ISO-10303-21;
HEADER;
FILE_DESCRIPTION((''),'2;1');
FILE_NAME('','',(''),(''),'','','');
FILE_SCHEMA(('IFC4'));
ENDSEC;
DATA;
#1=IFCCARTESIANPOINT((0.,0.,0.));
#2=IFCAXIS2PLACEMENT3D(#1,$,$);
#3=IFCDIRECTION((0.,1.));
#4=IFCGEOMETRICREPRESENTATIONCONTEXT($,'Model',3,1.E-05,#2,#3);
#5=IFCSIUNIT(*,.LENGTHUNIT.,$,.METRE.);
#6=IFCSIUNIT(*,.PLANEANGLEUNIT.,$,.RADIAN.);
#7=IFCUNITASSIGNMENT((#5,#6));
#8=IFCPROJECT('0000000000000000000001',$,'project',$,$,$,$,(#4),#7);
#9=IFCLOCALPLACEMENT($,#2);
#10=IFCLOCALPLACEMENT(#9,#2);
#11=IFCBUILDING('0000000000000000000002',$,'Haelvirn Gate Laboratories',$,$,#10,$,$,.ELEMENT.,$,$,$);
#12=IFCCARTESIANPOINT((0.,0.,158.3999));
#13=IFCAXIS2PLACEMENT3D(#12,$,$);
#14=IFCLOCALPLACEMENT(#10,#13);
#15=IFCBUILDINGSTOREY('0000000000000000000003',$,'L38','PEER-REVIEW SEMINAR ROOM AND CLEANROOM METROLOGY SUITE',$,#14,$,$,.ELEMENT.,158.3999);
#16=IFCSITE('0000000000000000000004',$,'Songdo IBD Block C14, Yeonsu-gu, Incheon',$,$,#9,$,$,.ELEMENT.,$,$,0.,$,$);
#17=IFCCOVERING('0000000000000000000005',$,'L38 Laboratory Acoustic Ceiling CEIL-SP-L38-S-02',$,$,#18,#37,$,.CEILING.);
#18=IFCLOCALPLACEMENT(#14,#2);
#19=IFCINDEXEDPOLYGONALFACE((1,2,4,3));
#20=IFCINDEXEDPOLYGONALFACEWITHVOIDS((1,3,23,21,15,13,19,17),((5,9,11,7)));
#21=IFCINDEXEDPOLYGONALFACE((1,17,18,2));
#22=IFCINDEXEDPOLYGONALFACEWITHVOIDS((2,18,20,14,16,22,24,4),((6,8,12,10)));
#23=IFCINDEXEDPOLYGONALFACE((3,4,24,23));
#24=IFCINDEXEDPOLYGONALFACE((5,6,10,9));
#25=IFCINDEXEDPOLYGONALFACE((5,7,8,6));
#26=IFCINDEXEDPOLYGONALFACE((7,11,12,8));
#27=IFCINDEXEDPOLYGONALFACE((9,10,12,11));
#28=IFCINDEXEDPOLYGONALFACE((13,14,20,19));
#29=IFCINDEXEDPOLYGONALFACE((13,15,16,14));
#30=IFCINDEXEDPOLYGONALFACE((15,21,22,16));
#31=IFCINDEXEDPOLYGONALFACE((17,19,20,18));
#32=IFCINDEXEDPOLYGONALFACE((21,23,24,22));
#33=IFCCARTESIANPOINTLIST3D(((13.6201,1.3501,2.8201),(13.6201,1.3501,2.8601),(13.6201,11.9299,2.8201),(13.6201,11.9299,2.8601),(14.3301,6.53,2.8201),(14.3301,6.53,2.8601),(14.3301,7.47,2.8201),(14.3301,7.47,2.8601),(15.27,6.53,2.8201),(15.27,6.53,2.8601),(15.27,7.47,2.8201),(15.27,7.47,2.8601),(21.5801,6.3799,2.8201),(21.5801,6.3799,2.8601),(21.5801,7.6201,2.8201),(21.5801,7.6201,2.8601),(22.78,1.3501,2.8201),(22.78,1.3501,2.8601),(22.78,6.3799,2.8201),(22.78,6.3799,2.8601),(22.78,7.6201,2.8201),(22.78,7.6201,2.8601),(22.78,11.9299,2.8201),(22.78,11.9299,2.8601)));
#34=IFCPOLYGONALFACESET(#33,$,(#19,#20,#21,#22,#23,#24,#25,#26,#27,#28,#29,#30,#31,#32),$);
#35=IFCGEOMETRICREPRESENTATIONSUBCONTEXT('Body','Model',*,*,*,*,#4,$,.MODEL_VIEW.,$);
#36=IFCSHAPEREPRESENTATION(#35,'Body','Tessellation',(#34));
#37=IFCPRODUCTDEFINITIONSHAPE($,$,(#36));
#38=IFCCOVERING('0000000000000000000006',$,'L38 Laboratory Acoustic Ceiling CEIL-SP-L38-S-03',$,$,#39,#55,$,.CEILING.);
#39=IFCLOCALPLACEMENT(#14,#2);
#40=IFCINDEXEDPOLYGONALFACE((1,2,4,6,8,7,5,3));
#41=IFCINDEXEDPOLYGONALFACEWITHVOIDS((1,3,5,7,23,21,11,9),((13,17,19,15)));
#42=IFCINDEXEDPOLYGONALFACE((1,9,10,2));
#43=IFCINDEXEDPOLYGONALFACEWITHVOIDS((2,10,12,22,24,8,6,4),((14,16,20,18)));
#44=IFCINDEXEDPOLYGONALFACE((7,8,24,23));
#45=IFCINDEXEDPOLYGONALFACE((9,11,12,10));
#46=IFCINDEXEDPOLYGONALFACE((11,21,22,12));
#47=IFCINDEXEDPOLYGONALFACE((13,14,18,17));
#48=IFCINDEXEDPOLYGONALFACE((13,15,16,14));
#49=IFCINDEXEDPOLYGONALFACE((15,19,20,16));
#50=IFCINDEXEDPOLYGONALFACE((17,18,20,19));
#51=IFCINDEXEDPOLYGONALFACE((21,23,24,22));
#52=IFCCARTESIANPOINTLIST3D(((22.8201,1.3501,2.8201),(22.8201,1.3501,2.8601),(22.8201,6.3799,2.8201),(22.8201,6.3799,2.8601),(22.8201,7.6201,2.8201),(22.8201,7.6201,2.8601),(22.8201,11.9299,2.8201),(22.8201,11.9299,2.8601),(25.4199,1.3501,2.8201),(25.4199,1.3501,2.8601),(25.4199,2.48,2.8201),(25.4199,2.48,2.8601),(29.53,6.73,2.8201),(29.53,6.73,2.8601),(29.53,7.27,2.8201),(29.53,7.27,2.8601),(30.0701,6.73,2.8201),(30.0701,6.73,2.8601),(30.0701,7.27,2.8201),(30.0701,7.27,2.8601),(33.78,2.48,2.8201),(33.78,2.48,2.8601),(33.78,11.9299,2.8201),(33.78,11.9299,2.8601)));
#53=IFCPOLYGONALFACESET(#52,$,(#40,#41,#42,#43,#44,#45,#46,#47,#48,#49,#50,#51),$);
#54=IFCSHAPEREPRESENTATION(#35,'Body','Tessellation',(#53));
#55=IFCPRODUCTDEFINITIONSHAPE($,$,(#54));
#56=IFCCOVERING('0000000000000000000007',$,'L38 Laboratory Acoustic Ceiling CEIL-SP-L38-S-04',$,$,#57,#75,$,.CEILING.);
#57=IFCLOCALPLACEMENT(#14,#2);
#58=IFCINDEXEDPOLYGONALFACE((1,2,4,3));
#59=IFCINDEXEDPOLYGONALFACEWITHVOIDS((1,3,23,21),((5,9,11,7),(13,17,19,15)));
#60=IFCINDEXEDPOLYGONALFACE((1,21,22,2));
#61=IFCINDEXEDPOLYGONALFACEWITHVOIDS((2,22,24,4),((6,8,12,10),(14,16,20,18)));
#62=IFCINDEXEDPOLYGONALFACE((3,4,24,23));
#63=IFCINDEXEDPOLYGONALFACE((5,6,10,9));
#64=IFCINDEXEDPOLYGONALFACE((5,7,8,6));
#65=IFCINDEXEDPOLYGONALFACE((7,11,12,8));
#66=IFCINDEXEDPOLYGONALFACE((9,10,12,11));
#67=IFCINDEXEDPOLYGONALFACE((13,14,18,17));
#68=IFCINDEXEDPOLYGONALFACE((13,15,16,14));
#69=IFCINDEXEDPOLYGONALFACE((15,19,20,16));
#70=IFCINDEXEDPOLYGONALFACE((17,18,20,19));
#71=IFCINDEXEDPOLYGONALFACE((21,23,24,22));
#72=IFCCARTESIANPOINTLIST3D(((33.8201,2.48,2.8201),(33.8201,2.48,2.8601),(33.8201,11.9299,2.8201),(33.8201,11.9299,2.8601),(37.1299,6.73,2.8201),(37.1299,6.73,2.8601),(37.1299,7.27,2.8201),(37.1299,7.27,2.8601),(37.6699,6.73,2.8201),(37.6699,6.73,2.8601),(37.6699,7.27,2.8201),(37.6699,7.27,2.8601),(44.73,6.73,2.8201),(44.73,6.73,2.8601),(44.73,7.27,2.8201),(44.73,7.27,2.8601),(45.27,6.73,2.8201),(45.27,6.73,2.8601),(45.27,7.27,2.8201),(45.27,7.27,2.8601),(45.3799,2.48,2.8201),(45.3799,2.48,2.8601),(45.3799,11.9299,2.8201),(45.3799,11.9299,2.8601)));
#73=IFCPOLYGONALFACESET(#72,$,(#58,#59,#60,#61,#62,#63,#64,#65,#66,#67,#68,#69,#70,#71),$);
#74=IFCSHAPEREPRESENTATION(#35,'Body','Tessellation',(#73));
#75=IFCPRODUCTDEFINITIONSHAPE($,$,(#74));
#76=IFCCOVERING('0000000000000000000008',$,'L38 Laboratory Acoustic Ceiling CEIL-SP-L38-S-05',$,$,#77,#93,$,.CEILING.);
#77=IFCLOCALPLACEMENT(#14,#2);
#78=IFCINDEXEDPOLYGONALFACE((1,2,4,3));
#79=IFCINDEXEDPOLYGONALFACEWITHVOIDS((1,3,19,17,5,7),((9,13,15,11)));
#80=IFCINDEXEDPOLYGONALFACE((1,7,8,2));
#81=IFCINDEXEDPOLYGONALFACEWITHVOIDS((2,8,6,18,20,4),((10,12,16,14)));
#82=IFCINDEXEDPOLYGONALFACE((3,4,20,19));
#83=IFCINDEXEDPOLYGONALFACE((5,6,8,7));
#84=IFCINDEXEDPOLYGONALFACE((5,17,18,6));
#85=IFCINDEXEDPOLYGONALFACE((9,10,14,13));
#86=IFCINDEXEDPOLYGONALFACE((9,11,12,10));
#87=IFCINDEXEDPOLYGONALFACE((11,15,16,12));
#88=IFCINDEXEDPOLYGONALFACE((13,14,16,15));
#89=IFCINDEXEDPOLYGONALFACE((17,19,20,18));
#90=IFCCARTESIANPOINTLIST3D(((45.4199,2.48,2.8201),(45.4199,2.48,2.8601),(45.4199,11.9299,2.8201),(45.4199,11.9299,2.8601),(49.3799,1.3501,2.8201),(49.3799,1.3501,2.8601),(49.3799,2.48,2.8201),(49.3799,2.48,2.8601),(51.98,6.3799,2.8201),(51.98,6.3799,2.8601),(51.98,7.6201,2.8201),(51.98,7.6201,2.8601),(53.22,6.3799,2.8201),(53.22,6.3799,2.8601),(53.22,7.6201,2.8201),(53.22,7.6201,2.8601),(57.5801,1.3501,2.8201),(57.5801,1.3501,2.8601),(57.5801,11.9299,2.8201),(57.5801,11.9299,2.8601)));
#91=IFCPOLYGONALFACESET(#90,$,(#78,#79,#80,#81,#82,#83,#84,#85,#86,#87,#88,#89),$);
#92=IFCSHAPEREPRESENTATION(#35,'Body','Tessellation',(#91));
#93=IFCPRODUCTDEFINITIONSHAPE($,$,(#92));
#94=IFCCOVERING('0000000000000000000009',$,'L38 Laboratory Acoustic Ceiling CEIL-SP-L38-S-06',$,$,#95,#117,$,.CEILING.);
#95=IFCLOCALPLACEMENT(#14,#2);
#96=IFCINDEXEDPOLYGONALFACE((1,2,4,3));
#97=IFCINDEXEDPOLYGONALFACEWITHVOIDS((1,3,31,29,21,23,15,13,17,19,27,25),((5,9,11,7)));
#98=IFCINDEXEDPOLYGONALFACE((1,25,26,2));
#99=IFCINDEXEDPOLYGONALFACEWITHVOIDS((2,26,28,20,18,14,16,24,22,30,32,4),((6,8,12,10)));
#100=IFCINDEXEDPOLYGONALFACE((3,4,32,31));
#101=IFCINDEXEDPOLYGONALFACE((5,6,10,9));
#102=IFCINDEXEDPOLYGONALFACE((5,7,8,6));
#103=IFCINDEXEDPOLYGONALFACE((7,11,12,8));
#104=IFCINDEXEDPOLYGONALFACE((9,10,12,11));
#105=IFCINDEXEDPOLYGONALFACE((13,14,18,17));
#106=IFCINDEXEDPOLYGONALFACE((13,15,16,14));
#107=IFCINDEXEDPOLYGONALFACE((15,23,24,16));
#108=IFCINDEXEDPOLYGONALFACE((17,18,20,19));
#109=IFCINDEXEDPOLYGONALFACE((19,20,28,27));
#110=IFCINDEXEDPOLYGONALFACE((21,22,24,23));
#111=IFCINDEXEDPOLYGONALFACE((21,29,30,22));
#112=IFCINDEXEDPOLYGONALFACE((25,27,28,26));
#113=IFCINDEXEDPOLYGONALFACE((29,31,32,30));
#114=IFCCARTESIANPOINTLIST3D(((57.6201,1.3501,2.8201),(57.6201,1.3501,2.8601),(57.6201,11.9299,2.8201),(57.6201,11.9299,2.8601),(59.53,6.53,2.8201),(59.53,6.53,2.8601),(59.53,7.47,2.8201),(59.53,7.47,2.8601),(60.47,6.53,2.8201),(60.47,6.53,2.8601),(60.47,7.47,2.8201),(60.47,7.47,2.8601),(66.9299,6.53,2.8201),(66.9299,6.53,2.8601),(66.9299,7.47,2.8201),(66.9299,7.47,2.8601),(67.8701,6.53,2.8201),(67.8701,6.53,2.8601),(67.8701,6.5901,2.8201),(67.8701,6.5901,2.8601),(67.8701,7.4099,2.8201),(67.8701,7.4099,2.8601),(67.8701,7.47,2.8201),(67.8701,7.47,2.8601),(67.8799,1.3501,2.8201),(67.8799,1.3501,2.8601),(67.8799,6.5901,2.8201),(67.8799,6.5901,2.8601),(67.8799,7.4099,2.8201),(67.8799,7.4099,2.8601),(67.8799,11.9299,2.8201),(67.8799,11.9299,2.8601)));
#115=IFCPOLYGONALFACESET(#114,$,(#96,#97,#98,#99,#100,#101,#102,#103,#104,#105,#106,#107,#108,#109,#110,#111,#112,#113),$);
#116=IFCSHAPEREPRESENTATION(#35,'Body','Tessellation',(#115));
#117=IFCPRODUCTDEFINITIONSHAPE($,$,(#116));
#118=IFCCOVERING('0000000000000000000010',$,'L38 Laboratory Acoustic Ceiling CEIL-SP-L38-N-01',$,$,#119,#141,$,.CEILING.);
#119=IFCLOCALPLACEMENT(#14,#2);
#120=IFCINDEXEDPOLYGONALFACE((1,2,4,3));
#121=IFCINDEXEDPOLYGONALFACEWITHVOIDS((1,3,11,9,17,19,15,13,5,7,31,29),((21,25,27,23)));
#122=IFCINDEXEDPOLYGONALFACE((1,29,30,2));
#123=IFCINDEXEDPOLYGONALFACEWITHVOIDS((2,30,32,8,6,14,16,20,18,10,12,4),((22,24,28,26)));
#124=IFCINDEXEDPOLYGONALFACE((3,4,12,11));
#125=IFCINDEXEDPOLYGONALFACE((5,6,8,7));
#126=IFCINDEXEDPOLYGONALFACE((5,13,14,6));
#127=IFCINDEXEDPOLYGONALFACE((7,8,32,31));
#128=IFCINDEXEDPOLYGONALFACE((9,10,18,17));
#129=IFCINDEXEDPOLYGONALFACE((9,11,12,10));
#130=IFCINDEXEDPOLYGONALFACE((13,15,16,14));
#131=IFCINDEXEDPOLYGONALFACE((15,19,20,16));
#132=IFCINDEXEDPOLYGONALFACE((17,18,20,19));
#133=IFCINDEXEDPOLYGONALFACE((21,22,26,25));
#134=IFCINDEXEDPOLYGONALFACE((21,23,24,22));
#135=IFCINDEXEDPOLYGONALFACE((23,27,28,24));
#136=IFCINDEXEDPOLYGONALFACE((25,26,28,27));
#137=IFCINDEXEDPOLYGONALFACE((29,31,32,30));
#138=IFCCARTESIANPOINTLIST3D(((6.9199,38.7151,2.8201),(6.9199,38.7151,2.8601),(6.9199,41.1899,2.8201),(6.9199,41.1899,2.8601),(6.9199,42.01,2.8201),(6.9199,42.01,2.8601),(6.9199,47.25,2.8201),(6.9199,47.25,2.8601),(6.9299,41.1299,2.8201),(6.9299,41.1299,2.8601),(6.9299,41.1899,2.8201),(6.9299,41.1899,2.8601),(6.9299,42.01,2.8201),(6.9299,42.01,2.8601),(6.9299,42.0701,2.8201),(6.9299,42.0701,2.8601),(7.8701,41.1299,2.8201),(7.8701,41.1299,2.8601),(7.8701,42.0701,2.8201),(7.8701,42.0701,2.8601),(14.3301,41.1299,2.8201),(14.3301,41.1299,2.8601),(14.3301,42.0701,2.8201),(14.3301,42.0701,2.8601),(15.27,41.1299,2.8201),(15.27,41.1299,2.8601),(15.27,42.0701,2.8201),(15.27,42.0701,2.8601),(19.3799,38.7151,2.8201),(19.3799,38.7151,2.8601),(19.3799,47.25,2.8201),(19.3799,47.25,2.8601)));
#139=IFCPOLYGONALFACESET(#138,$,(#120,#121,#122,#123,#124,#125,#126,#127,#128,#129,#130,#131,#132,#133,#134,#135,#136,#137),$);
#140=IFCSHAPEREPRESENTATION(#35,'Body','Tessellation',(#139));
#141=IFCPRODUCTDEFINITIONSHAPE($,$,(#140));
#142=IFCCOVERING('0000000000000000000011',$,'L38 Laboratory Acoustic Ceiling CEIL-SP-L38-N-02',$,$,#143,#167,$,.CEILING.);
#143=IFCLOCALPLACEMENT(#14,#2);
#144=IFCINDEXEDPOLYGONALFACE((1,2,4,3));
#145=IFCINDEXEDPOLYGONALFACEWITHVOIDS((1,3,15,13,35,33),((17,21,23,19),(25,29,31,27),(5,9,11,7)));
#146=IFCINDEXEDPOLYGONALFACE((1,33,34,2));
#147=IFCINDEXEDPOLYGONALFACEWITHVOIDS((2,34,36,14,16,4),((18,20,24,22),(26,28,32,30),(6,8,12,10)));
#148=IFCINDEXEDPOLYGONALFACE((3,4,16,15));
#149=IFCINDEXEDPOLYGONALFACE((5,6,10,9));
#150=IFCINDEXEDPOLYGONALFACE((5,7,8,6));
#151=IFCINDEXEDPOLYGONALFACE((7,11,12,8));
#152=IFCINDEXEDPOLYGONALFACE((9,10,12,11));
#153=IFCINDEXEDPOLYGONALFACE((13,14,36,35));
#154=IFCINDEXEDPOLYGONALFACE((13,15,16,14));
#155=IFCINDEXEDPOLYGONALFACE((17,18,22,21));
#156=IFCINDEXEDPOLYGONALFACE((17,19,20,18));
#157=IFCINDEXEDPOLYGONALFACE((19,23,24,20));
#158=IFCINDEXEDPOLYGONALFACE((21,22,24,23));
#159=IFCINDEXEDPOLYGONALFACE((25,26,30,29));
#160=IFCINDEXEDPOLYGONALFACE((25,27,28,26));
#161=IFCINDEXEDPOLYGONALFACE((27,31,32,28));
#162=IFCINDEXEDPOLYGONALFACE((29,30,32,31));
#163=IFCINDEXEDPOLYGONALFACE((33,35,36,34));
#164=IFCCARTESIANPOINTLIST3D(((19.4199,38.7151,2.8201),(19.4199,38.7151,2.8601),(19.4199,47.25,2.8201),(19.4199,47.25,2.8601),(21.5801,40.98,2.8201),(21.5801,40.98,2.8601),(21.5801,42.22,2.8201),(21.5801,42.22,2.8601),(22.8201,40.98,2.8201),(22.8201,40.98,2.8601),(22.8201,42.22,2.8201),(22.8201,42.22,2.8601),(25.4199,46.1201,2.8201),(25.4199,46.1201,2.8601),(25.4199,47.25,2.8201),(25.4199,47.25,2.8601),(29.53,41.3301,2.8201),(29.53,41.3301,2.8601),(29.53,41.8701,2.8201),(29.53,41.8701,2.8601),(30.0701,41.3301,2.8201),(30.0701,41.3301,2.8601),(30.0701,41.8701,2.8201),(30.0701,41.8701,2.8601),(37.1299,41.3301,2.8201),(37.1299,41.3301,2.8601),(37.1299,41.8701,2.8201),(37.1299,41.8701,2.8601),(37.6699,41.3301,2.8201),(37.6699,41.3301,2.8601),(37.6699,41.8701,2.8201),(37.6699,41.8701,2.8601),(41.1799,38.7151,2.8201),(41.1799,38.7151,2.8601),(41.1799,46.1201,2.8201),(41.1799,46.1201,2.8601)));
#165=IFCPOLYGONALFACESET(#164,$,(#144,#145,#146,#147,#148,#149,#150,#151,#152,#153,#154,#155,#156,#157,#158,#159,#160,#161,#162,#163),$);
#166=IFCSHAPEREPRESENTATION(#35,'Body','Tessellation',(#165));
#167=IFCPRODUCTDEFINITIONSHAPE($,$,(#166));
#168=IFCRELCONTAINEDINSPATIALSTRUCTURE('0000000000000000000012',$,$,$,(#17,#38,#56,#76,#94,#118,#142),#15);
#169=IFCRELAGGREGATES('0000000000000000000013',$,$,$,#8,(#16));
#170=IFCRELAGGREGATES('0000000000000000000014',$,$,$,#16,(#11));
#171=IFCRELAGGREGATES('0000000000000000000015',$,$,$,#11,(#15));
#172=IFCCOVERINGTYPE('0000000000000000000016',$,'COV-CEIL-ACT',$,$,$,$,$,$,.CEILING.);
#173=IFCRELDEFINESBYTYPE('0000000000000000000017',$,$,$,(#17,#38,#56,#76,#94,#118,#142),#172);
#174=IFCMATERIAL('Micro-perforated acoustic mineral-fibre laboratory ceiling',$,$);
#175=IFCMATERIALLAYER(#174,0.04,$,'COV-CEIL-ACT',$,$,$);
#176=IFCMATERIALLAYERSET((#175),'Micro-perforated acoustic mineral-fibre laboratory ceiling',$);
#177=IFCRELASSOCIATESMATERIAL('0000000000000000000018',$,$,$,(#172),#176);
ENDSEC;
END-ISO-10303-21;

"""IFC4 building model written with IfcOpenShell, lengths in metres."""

from ifc_helpers import new_model, si_unit, direction, frame, origin, place, context, subcontext, project, spatial, polyline, outline, extrude, material, layer, layer_set, type_object, element, save


model = new_model("IFC4")

# Units and contexts
model_context = context("Model", 3, precision=1e-05, world=origin(), true_north=direction((0.0, 1.0)))
body_context = subcontext(model_context, "Body", "Model", "MODEL_VIEW")
ifc_project = project(units=[si_unit("LENGTHUNIT", "METRE"), si_unit("PLANEANGLEUNIT", "RADIAN")], contexts=[model_context])

# Site, building, storey
site_placement = place(None, origin())
site = spatial("IfcSite", under=ifc_project, at=site_placement, Name="Songdo IBD Block C14, Yeonsu-gu, Incheon", CompositionType="ELEMENT", RefElevation=0.0)
building_placement = place(site_placement, origin())
building = spatial("IfcBuilding", under=site, at=building_placement, Name="Haelvirn Gate Laboratories", CompositionType="ELEMENT")
storey_placement = place(building_placement, frame((0.0, 0.0, 158.3999)))
storey = spatial("IfcBuildingStorey", under=building, at=storey_placement, Name="L38", Description="PEER-REVIEW SEMINAR ROOM AND CLEANROOM METROLOGY SUITE", CompositionType="ELEMENT", Elevation=158.3999)

# Coverings
ifc_material_1 = material(Name="Micro-perforated acoustic mineral-fibre laboratory ceiling")
ifc_layer_1 = layer(ifc_material_1, 0.04, Name="COV-CEIL-ACT")
ifc_layer_set_1 = layer_set([ifc_layer_1], Name="Micro-perforated acoustic mineral-fibre laboratory ceiling")
covering_type = type_object("IfcCoveringType", Name="COV-CEIL-ACT", PredefinedType="CEILING", material=ifc_layer_set_1)
covering_1_placement = place(storey_placement, frame((0.0, 0.0, 2.8201)))
element("IfcCovering", 1, at=covering_1_placement, inside=storey, type_object=covering_type, Name="L38 Laboratory Acoustic Ceiling CEIL-SP-L38-S-02", PredefinedType="CEILING", context=body_context, shape_type="SweptSolid", body=[
    extrude(outline(polyline([(22.78, 1.3501), (13.6201, 1.3501), (13.6201, 11.9299), (22.78, 11.9299), (22.78, 7.6201), (21.5801, 7.6201), (21.5801, 6.3799), (22.78, 6.3799), (22.78, 1.3501)]), holes=[polyline([(14.3301, 7.47), (14.3301, 6.53), (15.27, 6.53), (15.27, 7.47), (14.3301, 7.47)])]), origin(), (0.0, 0.0, 1.0), 0.04),
])
covering_2_placement = place(storey_placement, frame((0.0, 0.0, 2.8201)))
element("IfcCovering", 2, at=covering_2_placement, inside=storey, type_object=covering_type, Name="L38 Laboratory Acoustic Ceiling CEIL-SP-L38-S-03", PredefinedType="CEILING", context=body_context, shape_type="SweptSolid", body=[
    extrude(outline(polyline([(22.8201, 1.3501), (22.8201, 6.3799), (22.8201, 7.6201), (22.8201, 11.9299), (33.78, 11.9299), (33.78, 2.48), (25.4199, 2.48), (25.4199, 1.3501), (22.8201, 1.3501)]), holes=[polyline([(30.0701, 7.27), (29.53, 7.27), (29.53, 6.73), (30.0701, 6.73), (30.0701, 7.27)])]), origin(), (0.0, 0.0, 1.0), 0.04),
])
covering_3_placement = place(storey_placement, frame((0.0, 0.0, 2.8201)))
element("IfcCovering", 3, at=covering_3_placement, inside=storey, type_object=covering_type, Name="L38 Laboratory Acoustic Ceiling CEIL-SP-L38-S-04", PredefinedType="CEILING", context=body_context, shape_type="SweptSolid", body=[
    extrude(outline(polyline([(45.3799, 11.9299), (45.3799, 2.48), (33.8201, 2.48), (33.8201, 11.9299), (45.3799, 11.9299)]), holes=[polyline([(37.1299, 7.27), (37.1299, 6.73), (37.6699, 6.73), (37.6699, 7.27), (37.1299, 7.27)]), polyline([(45.27, 7.27), (44.73, 7.27), (44.73, 6.73), (45.27, 6.73), (45.27, 7.27)])]), origin(), (0.0, 0.0, 1.0), 0.04),
])
covering_4_placement = place(storey_placement, frame((0.0, 0.0, 2.8201)))
element("IfcCovering", 4, at=covering_4_placement, inside=storey, type_object=covering_type, Name="L38 Laboratory Acoustic Ceiling CEIL-SP-L38-S-05", PredefinedType="CEILING", context=body_context, shape_type="SweptSolid", body=[
    extrude(outline(polyline([(45.4199, 2.48), (45.4199, 11.9299), (57.5801, 11.9299), (57.5801, 1.3501), (49.3799, 1.3501), (49.3799, 2.48), (45.4199, 2.48)]), holes=[polyline([(53.22, 7.6201), (51.98, 7.6201), (51.98, 6.3799), (53.22, 6.3799), (53.22, 7.6201)])]), origin(), (0.0, 0.0, 1.0), 0.04),
])
covering_5_placement = place(storey_placement, frame((0.0, 0.0, 2.8201)))
element("IfcCovering", 5, at=covering_5_placement, inside=storey, type_object=covering_type, Name="L38 Laboratory Acoustic Ceiling CEIL-SP-L38-S-06", PredefinedType="CEILING", context=body_context, shape_type="SweptSolid", body=[
    extrude(outline(polyline([(67.8799, 6.5901), (67.8799, 1.3501), (57.6201, 1.3501), (57.6201, 11.9299), (67.8799, 11.9299), (67.8799, 7.4099), (67.8701, 7.4099), (67.8701, 7.47), (66.9299, 7.47), (66.9299, 6.53), (67.8701, 6.53), (67.8701, 6.5901), (67.8799, 6.5901)]), holes=[polyline([(59.53, 7.47), (59.53, 6.53), (60.47, 6.53), (60.47, 7.47), (59.53, 7.47)])]), origin(), (0.0, 0.0, 1.0), 0.04),
])
covering_6_placement = place(storey_placement, frame((0.0, 0.0, 2.8201)))
element("IfcCovering", 6, at=covering_6_placement, inside=storey, type_object=covering_type, Name="L38 Laboratory Acoustic Ceiling CEIL-SP-L38-N-01", PredefinedType="CEILING", context=body_context, shape_type="SweptSolid", body=[
    extrude(outline(polyline([(6.9199, 41.1899), (6.9299, 41.1899), (6.9299, 41.1299), (7.8701, 41.1299), (7.8701, 42.0701), (6.9299, 42.0701), (6.9299, 42.01), (6.9199, 42.01), (6.9199, 47.25), (19.3799, 47.25), (19.3799, 38.7151), (6.9199, 38.7151), (6.9199, 41.1899)]), holes=[polyline([(14.3301, 42.0701), (14.3301, 41.1299), (15.27, 41.1299), (15.27, 42.0701), (14.3301, 42.0701)])]), origin(), (0.0, 0.0, 1.0), 0.04),
])
covering_7_placement = place(storey_placement, frame((0.0, 0.0, 2.8201)))
element("IfcCovering", 7, at=covering_7_placement, inside=storey, type_object=covering_type, Name="L38 Laboratory Acoustic Ceiling CEIL-SP-L38-N-02", PredefinedType="CEILING", context=body_context, shape_type="SweptSolid", body=[
    extrude(outline(polyline([(19.4199, 38.7151), (19.4199, 47.25), (25.4199, 47.25), (25.4199, 46.1201), (41.1799, 46.1201), (41.1799, 38.7151), (19.4199, 38.7151)]), holes=[polyline([(21.5801, 40.98), (22.8201, 40.98), (22.8201, 42.22), (21.5801, 42.22), (21.5801, 40.98)]), polyline([(29.53, 41.8701), (29.53, 41.3301), (30.0701, 41.3301), (30.0701, 41.8701), (29.53, 41.8701)]), polyline([(37.6699, 41.8701), (37.1299, 41.8701), (37.1299, 41.3301), (37.6699, 41.3301), (37.6699, 41.8701)])]), origin(), (0.0, 0.0, 1.0), 0.04),
])

save(model, "model.ifc")
